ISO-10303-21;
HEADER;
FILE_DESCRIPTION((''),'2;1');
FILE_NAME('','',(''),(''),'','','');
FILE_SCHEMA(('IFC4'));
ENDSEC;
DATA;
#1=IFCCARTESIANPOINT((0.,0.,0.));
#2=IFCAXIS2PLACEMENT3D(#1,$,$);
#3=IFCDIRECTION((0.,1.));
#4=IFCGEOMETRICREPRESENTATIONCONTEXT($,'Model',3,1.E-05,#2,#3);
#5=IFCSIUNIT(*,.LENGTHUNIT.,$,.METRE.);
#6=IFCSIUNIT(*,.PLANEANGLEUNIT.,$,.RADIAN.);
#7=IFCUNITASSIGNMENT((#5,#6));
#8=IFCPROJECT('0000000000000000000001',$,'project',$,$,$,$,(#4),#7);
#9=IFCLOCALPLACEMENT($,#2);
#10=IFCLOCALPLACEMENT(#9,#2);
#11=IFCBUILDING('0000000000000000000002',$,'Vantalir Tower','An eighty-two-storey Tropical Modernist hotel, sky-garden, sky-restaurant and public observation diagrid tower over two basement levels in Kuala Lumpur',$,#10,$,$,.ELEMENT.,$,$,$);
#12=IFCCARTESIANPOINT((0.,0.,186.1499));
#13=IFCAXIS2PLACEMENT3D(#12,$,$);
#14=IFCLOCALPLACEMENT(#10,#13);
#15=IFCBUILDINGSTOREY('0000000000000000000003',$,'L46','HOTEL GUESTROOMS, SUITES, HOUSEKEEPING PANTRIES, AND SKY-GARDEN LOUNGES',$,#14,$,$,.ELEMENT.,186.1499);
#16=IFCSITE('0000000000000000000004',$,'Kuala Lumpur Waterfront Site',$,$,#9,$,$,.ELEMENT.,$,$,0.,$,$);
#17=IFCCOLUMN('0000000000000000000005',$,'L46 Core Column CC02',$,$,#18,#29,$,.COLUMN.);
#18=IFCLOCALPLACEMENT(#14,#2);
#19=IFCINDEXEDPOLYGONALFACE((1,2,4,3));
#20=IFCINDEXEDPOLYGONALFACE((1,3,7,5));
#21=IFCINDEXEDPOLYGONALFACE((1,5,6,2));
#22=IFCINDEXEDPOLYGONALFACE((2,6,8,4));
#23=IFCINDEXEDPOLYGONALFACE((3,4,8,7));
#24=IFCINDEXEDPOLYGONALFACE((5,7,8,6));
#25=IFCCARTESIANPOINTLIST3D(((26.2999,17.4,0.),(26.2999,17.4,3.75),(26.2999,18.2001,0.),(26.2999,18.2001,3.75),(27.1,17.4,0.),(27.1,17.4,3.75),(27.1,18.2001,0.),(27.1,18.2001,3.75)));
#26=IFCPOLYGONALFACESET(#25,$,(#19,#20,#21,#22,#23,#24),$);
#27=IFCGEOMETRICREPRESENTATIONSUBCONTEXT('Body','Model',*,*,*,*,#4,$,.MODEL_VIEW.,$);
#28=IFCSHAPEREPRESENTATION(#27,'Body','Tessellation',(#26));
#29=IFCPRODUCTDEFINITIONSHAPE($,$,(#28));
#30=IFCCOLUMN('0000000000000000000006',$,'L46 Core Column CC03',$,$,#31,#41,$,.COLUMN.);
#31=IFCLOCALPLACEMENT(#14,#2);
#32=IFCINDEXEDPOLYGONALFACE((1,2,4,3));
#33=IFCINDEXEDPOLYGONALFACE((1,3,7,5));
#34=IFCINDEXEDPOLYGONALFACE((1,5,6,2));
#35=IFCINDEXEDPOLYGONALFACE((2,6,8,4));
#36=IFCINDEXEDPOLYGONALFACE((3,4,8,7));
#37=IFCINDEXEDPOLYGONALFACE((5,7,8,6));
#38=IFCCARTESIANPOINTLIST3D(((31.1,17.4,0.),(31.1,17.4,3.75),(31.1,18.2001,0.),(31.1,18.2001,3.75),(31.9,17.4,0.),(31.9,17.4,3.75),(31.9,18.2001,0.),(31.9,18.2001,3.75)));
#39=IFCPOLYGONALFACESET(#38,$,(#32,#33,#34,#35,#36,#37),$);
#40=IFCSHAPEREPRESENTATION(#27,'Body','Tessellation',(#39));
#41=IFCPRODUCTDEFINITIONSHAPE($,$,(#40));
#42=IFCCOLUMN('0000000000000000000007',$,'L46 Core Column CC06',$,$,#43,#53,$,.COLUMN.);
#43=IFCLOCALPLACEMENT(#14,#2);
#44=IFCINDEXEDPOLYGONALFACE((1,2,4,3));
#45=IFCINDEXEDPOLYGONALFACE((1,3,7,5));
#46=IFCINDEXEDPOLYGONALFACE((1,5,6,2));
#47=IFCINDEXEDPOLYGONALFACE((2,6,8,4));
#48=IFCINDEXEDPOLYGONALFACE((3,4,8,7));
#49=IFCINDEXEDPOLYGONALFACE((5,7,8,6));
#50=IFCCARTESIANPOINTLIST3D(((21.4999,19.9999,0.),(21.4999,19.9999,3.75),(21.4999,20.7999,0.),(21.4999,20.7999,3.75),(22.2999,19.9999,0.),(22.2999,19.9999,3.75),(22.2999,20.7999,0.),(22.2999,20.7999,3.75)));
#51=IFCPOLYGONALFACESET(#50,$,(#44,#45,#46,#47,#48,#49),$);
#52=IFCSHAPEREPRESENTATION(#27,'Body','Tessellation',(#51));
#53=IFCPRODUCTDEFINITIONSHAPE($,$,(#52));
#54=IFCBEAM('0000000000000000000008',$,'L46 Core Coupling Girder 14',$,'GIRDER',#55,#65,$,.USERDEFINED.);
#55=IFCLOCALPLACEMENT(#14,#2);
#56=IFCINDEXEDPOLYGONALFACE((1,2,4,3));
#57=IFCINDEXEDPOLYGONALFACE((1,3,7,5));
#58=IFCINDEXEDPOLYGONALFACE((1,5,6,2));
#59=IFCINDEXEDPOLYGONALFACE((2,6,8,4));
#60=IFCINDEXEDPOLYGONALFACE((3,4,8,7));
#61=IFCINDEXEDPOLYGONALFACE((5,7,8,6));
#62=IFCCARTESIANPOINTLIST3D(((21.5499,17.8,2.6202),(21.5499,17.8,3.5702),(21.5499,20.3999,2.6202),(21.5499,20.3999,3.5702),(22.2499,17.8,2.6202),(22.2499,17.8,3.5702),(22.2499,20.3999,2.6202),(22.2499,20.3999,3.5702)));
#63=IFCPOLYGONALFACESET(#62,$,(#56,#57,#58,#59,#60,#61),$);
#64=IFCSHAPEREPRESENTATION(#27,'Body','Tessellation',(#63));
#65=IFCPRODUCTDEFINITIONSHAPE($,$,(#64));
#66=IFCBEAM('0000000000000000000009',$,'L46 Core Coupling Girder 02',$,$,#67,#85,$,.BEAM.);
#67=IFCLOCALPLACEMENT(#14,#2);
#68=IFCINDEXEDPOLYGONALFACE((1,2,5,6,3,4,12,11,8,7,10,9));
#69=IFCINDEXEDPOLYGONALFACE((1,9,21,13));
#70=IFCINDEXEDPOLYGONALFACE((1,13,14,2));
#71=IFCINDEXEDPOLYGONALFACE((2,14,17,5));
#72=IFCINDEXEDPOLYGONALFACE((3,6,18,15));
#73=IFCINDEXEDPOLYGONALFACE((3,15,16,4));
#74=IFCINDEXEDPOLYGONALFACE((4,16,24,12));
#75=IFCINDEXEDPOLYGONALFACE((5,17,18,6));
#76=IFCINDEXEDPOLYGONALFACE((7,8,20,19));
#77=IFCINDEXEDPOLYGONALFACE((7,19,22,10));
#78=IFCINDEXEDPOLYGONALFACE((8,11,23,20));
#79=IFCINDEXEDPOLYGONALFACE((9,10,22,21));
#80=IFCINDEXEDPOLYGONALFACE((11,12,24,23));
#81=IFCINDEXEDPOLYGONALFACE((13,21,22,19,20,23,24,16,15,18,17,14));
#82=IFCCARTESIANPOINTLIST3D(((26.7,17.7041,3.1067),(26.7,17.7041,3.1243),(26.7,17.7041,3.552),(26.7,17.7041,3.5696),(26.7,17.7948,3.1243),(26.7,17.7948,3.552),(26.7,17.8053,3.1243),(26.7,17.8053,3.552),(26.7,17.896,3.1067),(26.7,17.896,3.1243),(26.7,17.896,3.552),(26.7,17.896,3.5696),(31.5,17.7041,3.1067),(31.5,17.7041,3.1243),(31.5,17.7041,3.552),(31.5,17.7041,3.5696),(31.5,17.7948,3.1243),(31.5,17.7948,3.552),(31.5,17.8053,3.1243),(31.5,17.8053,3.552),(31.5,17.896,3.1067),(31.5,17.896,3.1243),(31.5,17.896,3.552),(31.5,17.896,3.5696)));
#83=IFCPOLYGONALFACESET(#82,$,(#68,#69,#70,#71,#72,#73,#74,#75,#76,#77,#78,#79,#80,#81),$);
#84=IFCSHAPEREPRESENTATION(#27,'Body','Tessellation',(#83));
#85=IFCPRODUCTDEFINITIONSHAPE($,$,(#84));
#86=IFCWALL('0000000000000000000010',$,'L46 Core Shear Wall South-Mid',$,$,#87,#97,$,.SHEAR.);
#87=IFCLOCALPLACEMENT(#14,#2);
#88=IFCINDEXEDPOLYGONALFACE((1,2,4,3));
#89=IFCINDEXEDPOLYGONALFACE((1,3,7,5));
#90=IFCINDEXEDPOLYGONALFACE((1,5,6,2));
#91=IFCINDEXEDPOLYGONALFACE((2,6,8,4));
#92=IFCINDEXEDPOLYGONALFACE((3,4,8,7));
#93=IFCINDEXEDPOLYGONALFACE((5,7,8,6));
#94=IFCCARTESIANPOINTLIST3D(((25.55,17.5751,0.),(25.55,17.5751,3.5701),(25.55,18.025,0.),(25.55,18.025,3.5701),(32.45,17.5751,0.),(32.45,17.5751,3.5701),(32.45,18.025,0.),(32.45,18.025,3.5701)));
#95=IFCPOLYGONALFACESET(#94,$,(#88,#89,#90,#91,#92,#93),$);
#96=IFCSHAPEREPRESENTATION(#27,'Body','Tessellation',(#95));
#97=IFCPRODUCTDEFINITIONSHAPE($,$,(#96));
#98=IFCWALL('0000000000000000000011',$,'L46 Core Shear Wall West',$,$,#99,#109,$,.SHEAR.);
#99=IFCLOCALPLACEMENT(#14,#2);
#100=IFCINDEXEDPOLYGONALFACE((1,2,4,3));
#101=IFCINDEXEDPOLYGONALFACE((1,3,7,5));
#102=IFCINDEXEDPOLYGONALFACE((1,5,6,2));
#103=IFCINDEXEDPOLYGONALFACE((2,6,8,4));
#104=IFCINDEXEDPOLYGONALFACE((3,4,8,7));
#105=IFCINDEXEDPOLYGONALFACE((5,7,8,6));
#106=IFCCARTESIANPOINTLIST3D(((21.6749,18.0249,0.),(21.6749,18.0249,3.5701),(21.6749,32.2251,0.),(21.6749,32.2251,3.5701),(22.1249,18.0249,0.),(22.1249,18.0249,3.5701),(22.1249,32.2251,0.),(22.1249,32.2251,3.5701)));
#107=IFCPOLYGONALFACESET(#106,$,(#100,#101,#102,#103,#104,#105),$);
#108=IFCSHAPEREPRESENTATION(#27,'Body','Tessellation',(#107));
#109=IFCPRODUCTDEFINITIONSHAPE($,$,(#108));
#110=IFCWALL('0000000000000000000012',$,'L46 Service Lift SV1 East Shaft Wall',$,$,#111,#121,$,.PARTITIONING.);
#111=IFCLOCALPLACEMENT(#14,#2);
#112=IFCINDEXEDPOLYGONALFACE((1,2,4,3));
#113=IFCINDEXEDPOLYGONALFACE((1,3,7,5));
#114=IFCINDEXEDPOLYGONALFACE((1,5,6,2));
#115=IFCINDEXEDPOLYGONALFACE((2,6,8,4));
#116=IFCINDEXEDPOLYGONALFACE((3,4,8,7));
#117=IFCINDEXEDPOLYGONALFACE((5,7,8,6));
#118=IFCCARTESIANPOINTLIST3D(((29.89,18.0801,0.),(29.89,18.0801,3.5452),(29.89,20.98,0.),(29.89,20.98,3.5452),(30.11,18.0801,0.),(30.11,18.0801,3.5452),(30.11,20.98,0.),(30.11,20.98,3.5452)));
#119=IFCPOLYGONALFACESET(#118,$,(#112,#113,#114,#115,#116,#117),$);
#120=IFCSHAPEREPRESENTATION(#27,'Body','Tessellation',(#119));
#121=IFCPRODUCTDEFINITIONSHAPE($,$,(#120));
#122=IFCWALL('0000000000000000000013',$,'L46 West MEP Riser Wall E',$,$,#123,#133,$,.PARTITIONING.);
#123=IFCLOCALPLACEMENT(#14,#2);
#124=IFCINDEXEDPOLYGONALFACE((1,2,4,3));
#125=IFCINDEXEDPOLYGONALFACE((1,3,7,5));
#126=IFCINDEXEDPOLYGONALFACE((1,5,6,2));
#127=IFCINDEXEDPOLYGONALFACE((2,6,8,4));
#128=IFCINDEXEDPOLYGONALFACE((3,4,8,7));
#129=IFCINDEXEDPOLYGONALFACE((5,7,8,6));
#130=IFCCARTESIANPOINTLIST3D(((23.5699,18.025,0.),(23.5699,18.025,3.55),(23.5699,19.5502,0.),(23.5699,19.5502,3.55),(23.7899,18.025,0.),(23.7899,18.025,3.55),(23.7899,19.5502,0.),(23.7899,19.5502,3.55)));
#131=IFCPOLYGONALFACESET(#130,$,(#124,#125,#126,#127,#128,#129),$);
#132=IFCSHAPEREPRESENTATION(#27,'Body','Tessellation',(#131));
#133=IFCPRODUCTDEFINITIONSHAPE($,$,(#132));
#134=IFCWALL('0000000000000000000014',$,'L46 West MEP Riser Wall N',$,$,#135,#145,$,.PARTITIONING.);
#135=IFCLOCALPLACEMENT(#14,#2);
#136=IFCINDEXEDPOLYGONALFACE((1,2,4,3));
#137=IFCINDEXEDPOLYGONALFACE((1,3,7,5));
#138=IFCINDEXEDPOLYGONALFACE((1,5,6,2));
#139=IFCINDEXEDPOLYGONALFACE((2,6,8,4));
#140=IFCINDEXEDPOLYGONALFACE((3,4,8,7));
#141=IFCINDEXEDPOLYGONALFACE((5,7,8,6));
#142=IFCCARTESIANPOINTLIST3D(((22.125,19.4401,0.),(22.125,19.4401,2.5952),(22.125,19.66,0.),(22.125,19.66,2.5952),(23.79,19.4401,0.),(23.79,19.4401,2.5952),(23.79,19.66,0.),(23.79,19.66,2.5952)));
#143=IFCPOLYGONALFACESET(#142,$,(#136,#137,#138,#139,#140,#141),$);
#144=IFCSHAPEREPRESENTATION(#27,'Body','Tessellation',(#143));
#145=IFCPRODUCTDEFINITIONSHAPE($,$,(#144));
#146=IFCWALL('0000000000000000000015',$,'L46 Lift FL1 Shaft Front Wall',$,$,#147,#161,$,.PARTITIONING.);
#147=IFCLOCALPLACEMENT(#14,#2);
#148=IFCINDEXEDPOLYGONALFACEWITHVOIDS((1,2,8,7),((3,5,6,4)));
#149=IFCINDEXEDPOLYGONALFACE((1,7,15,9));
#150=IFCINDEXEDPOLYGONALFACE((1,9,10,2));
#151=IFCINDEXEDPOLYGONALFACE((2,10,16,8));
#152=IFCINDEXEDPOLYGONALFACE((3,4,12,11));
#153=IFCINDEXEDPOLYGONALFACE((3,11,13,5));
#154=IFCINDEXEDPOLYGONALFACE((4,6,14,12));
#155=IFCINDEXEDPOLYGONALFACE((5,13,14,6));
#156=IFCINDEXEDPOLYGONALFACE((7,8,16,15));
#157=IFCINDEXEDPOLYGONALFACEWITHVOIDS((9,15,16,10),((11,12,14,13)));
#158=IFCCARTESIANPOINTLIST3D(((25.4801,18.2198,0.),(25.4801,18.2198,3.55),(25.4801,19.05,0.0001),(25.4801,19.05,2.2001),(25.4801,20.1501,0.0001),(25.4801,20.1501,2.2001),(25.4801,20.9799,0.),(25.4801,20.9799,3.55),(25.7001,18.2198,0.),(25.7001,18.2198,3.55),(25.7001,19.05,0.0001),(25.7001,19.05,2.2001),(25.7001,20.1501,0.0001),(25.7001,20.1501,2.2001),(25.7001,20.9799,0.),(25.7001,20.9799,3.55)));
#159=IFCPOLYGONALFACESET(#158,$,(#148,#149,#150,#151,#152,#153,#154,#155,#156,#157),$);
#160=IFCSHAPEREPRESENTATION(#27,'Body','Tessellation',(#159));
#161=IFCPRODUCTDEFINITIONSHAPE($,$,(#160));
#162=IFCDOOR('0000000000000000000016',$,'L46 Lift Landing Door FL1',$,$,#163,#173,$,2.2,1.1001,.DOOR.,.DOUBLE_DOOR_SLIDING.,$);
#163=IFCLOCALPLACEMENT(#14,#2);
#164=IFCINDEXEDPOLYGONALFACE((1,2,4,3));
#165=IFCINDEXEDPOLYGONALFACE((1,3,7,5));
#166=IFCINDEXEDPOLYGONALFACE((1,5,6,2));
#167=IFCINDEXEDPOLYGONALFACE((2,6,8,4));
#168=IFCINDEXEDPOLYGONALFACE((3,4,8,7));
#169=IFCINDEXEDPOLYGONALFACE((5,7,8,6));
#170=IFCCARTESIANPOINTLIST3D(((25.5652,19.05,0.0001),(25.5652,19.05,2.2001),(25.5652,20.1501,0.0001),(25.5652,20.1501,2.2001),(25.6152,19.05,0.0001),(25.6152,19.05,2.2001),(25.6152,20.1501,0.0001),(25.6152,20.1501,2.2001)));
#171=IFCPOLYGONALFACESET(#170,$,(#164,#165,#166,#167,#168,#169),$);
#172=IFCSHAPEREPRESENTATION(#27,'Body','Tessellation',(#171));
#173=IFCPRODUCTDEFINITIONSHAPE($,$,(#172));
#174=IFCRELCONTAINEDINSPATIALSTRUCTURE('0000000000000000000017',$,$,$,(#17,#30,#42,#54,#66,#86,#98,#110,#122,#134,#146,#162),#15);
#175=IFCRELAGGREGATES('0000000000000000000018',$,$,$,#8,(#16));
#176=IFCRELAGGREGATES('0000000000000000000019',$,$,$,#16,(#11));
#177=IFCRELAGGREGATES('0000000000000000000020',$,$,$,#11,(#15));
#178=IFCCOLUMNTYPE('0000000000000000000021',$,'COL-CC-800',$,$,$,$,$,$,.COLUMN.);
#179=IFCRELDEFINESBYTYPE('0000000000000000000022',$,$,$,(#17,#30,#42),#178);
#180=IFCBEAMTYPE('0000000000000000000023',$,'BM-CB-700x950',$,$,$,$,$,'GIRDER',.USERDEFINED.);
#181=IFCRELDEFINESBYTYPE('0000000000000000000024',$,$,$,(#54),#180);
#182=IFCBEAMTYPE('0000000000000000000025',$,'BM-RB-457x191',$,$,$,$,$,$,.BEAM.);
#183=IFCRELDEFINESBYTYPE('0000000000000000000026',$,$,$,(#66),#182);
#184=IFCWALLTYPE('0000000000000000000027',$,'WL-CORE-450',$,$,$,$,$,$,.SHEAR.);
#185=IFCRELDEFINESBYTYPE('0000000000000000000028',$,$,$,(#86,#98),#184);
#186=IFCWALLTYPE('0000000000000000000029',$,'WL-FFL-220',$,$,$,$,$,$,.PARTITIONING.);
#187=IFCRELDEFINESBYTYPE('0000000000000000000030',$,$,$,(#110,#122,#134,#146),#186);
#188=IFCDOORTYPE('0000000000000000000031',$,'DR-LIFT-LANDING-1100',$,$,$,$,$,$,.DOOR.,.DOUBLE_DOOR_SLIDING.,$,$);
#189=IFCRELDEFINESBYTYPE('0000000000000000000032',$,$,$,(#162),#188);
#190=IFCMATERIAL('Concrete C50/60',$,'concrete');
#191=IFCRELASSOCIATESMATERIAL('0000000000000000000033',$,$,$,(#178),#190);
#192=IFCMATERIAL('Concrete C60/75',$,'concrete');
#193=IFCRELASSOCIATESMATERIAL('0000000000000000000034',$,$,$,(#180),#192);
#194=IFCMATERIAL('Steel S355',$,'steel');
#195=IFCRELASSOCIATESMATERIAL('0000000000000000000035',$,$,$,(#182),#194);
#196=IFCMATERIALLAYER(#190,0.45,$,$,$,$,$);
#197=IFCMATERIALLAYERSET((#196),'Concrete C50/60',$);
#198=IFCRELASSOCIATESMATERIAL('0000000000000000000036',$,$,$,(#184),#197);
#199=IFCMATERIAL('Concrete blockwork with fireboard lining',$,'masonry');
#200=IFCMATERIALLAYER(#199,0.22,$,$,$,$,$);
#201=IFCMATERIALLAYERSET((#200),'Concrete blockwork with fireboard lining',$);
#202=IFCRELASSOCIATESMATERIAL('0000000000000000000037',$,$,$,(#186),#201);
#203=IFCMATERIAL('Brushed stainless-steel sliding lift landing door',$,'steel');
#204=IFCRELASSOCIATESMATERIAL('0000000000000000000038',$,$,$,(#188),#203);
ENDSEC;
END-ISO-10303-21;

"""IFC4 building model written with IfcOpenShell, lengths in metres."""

from ifc_helpers import new_model, si_unit, direction, frame, frame_2d, origin, origin_2d, place, context, subcontext, project, spatial, rectangle, i_section, extrude, material, layer, layer_set, material_profile, profile_set, type_object, element, fill, save


model = new_model("IFC4")

# Units and contexts
model_context = context("Model", 3, precision=1e-05, world=origin(), true_north=direction((0.0, 1.0)))
body_context = subcontext(model_context, "Body", "Model", "MODEL_VIEW")
ifc_project = project(units=[si_unit("LENGTHUNIT", "METRE"), si_unit("PLANEANGLEUNIT", "RADIAN")], contexts=[model_context])

# Site, building, storey
site_placement = place(None, origin())
site = spatial("IfcSite", under=ifc_project, at=site_placement, Name="Kuala Lumpur Waterfront Site", CompositionType="ELEMENT", RefElevation=0.0)
building_placement = place(site_placement, origin())
building = spatial("IfcBuilding", under=site, at=building_placement, Name="Vantalir Tower", Description="An eighty-two-storey Tropical Modernist hotel, sky-garden, sky-restaurant and public observation diagrid tower over two basement levels in Kuala Lumpur", CompositionType="ELEMENT")
storey_placement = place(building_placement, frame((0.0, 0.0, 186.1499)))
storey = spatial("IfcBuildingStorey", under=building, at=storey_placement, Name="L46", Description="HOTEL GUESTROOMS, SUITES, HOUSEKEEPING PANTRIES, AND SKY-GARDEN LOUNGES", CompositionType="ELEMENT", Elevation=186.1499)

# Columns
ifc_material_1 = material(Name="Concrete C50/60", Category="concrete")
ifc_material_profile_1 = material_profile(ifc_material_1, rectangle(XDim=0.8, YDim=0.8, at=origin_2d()), Name="Concrete C50/60")
ifc_profile_set_1 = profile_set([ifc_material_profile_1], Name="Concrete C50/60")
column_type = type_object("IfcColumnType", Name="COL-CC-800", PredefinedType="COLUMN", material=ifc_profile_set_1)
for number, where, z_axis, x_axis, name in (
    (1, (26.7, 17.8, 0.0), (0.0, 0.0, 1.0), (1.0, 0.0, 0.0), "L46 Core Column CC02"),
    (2, (31.5, 17.8, 0.0), (0.0, 0.0, 1.0), (1.0, 0.0, 0.0), "L46 Core Column CC03"),
    (3, (21.8999, 20.3999, 0.0), (0.0, 0.0, 1.0), (1.0, 0.0, 0.0), "L46 Core Column CC06"),
):
    element("IfcColumn", number, at=place(storey_placement, frame(where, z_axis=z_axis, x_axis=x_axis)), inside=storey, type_object=column_type, Name=name, PredefinedType="COLUMN", context=body_context, shape_type="SweptSolid", body=[
        extrude(rectangle(XDim=0.8, YDim=0.8, at=origin_2d()), origin(), (0.0, 0.0, 1.0), 3.75),
    ])

# Beams
ifc_material_2 = material(Name="Concrete C60/75", Category="concrete")
ifc_material_profile_2 = material_profile(ifc_material_2, rectangle(XDim=0.7, YDim=0.95, at=origin_2d()), Name="Concrete C60/75")
ifc_profile_set_2 = profile_set([ifc_material_profile_2], Name="Concrete C60/75")
beam_type_1 = type_object("IfcBeamType", Name="BM-CB-700x950", ElementType="GIRDER", PredefinedType="USERDEFINED", material=ifc_profile_set_2)
beam_1_placement = place(storey_placement, frame((21.8999, 20.3999, 3.0952), z_axis=(0.0, -1.0, 0.0), x_axis=(1.0, 0.0, 0.0)))
element("IfcBeam", 4, at=beam_1_placement, inside=storey, type_object=beam_type_1, Name="L46 Core Coupling Girder 14", ObjectType="GIRDER", PredefinedType="USERDEFINED", context=body_context, shape_type="SweptSolid", body=[
    extrude(rectangle(XDim=0.7, YDim=0.95, at=origin_2d()), origin(), (0.0, 0.0, 1.0), 2.5999),
])
ifc_material_3 = material(Name="Steel S355", Category="steel")
ifc_material_profile_3 = material_profile(ifc_material_3, i_section(OverallWidth=0.1919, OverallDepth=0.4629, WebThickness=0.0105, FlangeThickness=0.0176, at=origin_2d()), Name="Steel S355")
ifc_profile_set_3 = profile_set([ifc_material_profile_3], Name="Steel S355")
beam_type_2 = type_object("IfcBeamType", Name="BM-RB-457x191", PredefinedType="BEAM", material=ifc_profile_set_3)
beam_2_placement = place(storey_placement, frame((26.7, 17.8, 3.3381), z_axis=(1.0, 0.0, 0.0), x_axis=(0.0, 1.0, 0.0)))
element("IfcBeam", 5, at=beam_2_placement, inside=storey, type_object=beam_type_2, Name="L46 Core Coupling Girder 02", PredefinedType="BEAM", context=body_context, shape_type="SweptSolid", body=[
    extrude(i_section(OverallWidth=0.1919, OverallDepth=0.4629, WebThickness=0.0105, FlangeThickness=0.0176, at=origin_2d()), origin(), (0.0, 0.0, 1.0), 4.8),
])

# Walls
ifc_layer_1 = layer(ifc_material_1, 0.45)
ifc_layer_set_1 = layer_set([ifc_layer_1], Name="Concrete C50/60")
wall_type_1 = type_object("IfcWallType", Name="WL-CORE-450", PredefinedType="SHEAR", material=ifc_layer_set_1)
wall_1_placement = place(storey_placement, frame((25.55, 17.8, 0.0), z_axis=(0.0, 0.0, 1.0), x_axis=(1.0, 0.0, 0.0)))
element("IfcWall", 6, at=wall_1_placement, inside=storey, type_object=wall_type_1, Name="L46 Core Shear Wall South-Mid", PredefinedType="SHEAR", context=body_context, shape_type="SweptSolid", body=[
    extrude(rectangle(XDim=6.8999, YDim=0.45, at=frame_2d((3.45, 0.0))), origin(), (0.0, 0.0, 1.0), 3.5701),
])
wall_2_placement = place(storey_placement, frame((21.8999, 18.0249, 0.0), z_axis=(0.0, 0.0, 1.0), x_axis=(0.0, 1.0, 0.0)))
element("IfcWall", 7, at=wall_2_placement, inside=storey, type_object=wall_type_1, Name="L46 Core Shear Wall West", PredefinedType="SHEAR", context=body_context, shape_type="SweptSolid", body=[
    extrude(rectangle(XDim=14.2002, YDim=0.45, at=frame_2d((7.1001, 0.0))), origin(), (0.0, 0.0, 1.0), 3.5701),
])
ifc_material_4 = material(Name="Concrete blockwork with fireboard lining", Category="masonry")
ifc_layer_2 = layer(ifc_material_4, 0.22)
ifc_layer_set_2 = layer_set([ifc_layer_2], Name="Concrete blockwork with fireboard lining")
wall_type_2 = type_object("IfcWallType", Name="WL-FFL-220", PredefinedType="PARTITIONING", material=ifc_layer_set_2)
wall_3_placement = place(storey_placement, frame((30.0, 18.0801, 0.0), z_axis=(0.0, 0.0, 1.0), x_axis=(0.0, 1.0, 0.0)))
element("IfcWall", 8, at=wall_3_placement, inside=storey, type_object=wall_type_2, Name="L46 Service Lift SV1 East Shaft Wall", PredefinedType="PARTITIONING", context=body_context, shape_type="SweptSolid", body=[
    extrude(rectangle(XDim=2.8999, YDim=0.22, at=frame_2d((1.45, 0.0))), origin(), (0.0, 0.0, 1.0), 3.5452),
])
wall_4_placement = place(storey_placement, frame((23.6799, 18.0249, 0.0), z_axis=(0.0, 0.0, 1.0), x_axis=(0.0, 1.0, 0.0)))
element("IfcWall", 9, at=wall_4_placement, inside=storey, type_object=wall_type_2, Name="L46 West MEP Riser Wall E", PredefinedType="PARTITIONING", context=body_context, shape_type="SweptSolid", body=[
    extrude(rectangle(XDim=1.5251, YDim=0.22, at=frame_2d((0.7627, 0.0))), origin(), (0.0, 0.0, 1.0), 3.55),
])
wall_5_placement = place(storey_placement, frame((22.125, 19.55, 0.0), z_axis=(0.0, 0.0, 1.0), x_axis=(1.0, 0.0, 0.0)))
element("IfcWall", 10, at=wall_5_placement, inside=storey, type_object=wall_type_2, Name="L46 West MEP Riser Wall N", PredefinedType="PARTITIONING", context=body_context, shape_type="SweptSolid", body=[
    extrude(rectangle(XDim=1.665, YDim=0.22, at=frame_2d((0.8325, 0.0))), origin(), (0.0, 0.0, 1.0), 2.5952),
])

# Wall, opening, door
wall_6_placement = place(storey_placement, frame((25.5901, 18.22, 0.0), z_axis=(0.0, 0.0, 1.0), x_axis=(0.0, 1.0, 0.0)))
wall_6 = element("IfcWall", 11, at=wall_6_placement, inside=storey, type_object=wall_type_2, Name="L46 Lift FL1 Shaft Front Wall", PredefinedType="PARTITIONING", context=body_context, shape_type="SweptSolid", body=[
    extrude(rectangle(XDim=2.76, YDim=0.22, at=frame_2d((1.3799, 0.0))), origin(), (0.0, 0.0, 1.0), 3.55),
])
opening_1_placement = place(wall_6_placement, frame((0.8301, 0.0, 0.0)))
opening_1 = element("IfcOpeningElement", 12, at=opening_1_placement, cuts=wall_6, PredefinedType="OPENING", context=body_context, shape_type="SweptSolid", body=[
    extrude(rectangle(XDim=1.1001, YDim=2.2, at=frame_2d((0.55, 1.1001))), frame((0.0, 0.1199, 0.0), z_axis=(0.0, -1.0, 0.0), x_axis=(1.0, 0.0, 0.0)), (0.0, 0.0, 1.0), 0.24),
])
ifc_material_5 = material(Name="Brushed stainless-steel sliding lift landing door", Category="steel")
door_type_1 = type_object("IfcDoorType", Name="DR-LIFT-LANDING-1100", OperationType="DOUBLE_DOOR_SLIDING", PredefinedType="DOOR", material=ifc_material_5)
door_1_placement = place(opening_1_placement, origin())
door_1 = element("IfcDoor", 13, at=door_1_placement, inside=storey, type_object=door_type_1, Name="L46 Lift Landing Door FL1", OperationType="DOUBLE_DOOR_SLIDING", OverallHeight=2.2, OverallWidth=1.1001, PredefinedType="DOOR", context=body_context, shape_type="SweptSolid", body=[
    extrude(rectangle(XDim=1.1001, YDim=2.2, at=frame_2d((0.55, 1.1001))), frame((0.0, 0.0249, 0.0), z_axis=(0.0, -1.0, 0.0), x_axis=(1.0, 0.0, 0.0)), (0.0, 0.0, 1.0), 0.05),
])
fill(opening_1, door_1)

save(model, "model.ifc")
